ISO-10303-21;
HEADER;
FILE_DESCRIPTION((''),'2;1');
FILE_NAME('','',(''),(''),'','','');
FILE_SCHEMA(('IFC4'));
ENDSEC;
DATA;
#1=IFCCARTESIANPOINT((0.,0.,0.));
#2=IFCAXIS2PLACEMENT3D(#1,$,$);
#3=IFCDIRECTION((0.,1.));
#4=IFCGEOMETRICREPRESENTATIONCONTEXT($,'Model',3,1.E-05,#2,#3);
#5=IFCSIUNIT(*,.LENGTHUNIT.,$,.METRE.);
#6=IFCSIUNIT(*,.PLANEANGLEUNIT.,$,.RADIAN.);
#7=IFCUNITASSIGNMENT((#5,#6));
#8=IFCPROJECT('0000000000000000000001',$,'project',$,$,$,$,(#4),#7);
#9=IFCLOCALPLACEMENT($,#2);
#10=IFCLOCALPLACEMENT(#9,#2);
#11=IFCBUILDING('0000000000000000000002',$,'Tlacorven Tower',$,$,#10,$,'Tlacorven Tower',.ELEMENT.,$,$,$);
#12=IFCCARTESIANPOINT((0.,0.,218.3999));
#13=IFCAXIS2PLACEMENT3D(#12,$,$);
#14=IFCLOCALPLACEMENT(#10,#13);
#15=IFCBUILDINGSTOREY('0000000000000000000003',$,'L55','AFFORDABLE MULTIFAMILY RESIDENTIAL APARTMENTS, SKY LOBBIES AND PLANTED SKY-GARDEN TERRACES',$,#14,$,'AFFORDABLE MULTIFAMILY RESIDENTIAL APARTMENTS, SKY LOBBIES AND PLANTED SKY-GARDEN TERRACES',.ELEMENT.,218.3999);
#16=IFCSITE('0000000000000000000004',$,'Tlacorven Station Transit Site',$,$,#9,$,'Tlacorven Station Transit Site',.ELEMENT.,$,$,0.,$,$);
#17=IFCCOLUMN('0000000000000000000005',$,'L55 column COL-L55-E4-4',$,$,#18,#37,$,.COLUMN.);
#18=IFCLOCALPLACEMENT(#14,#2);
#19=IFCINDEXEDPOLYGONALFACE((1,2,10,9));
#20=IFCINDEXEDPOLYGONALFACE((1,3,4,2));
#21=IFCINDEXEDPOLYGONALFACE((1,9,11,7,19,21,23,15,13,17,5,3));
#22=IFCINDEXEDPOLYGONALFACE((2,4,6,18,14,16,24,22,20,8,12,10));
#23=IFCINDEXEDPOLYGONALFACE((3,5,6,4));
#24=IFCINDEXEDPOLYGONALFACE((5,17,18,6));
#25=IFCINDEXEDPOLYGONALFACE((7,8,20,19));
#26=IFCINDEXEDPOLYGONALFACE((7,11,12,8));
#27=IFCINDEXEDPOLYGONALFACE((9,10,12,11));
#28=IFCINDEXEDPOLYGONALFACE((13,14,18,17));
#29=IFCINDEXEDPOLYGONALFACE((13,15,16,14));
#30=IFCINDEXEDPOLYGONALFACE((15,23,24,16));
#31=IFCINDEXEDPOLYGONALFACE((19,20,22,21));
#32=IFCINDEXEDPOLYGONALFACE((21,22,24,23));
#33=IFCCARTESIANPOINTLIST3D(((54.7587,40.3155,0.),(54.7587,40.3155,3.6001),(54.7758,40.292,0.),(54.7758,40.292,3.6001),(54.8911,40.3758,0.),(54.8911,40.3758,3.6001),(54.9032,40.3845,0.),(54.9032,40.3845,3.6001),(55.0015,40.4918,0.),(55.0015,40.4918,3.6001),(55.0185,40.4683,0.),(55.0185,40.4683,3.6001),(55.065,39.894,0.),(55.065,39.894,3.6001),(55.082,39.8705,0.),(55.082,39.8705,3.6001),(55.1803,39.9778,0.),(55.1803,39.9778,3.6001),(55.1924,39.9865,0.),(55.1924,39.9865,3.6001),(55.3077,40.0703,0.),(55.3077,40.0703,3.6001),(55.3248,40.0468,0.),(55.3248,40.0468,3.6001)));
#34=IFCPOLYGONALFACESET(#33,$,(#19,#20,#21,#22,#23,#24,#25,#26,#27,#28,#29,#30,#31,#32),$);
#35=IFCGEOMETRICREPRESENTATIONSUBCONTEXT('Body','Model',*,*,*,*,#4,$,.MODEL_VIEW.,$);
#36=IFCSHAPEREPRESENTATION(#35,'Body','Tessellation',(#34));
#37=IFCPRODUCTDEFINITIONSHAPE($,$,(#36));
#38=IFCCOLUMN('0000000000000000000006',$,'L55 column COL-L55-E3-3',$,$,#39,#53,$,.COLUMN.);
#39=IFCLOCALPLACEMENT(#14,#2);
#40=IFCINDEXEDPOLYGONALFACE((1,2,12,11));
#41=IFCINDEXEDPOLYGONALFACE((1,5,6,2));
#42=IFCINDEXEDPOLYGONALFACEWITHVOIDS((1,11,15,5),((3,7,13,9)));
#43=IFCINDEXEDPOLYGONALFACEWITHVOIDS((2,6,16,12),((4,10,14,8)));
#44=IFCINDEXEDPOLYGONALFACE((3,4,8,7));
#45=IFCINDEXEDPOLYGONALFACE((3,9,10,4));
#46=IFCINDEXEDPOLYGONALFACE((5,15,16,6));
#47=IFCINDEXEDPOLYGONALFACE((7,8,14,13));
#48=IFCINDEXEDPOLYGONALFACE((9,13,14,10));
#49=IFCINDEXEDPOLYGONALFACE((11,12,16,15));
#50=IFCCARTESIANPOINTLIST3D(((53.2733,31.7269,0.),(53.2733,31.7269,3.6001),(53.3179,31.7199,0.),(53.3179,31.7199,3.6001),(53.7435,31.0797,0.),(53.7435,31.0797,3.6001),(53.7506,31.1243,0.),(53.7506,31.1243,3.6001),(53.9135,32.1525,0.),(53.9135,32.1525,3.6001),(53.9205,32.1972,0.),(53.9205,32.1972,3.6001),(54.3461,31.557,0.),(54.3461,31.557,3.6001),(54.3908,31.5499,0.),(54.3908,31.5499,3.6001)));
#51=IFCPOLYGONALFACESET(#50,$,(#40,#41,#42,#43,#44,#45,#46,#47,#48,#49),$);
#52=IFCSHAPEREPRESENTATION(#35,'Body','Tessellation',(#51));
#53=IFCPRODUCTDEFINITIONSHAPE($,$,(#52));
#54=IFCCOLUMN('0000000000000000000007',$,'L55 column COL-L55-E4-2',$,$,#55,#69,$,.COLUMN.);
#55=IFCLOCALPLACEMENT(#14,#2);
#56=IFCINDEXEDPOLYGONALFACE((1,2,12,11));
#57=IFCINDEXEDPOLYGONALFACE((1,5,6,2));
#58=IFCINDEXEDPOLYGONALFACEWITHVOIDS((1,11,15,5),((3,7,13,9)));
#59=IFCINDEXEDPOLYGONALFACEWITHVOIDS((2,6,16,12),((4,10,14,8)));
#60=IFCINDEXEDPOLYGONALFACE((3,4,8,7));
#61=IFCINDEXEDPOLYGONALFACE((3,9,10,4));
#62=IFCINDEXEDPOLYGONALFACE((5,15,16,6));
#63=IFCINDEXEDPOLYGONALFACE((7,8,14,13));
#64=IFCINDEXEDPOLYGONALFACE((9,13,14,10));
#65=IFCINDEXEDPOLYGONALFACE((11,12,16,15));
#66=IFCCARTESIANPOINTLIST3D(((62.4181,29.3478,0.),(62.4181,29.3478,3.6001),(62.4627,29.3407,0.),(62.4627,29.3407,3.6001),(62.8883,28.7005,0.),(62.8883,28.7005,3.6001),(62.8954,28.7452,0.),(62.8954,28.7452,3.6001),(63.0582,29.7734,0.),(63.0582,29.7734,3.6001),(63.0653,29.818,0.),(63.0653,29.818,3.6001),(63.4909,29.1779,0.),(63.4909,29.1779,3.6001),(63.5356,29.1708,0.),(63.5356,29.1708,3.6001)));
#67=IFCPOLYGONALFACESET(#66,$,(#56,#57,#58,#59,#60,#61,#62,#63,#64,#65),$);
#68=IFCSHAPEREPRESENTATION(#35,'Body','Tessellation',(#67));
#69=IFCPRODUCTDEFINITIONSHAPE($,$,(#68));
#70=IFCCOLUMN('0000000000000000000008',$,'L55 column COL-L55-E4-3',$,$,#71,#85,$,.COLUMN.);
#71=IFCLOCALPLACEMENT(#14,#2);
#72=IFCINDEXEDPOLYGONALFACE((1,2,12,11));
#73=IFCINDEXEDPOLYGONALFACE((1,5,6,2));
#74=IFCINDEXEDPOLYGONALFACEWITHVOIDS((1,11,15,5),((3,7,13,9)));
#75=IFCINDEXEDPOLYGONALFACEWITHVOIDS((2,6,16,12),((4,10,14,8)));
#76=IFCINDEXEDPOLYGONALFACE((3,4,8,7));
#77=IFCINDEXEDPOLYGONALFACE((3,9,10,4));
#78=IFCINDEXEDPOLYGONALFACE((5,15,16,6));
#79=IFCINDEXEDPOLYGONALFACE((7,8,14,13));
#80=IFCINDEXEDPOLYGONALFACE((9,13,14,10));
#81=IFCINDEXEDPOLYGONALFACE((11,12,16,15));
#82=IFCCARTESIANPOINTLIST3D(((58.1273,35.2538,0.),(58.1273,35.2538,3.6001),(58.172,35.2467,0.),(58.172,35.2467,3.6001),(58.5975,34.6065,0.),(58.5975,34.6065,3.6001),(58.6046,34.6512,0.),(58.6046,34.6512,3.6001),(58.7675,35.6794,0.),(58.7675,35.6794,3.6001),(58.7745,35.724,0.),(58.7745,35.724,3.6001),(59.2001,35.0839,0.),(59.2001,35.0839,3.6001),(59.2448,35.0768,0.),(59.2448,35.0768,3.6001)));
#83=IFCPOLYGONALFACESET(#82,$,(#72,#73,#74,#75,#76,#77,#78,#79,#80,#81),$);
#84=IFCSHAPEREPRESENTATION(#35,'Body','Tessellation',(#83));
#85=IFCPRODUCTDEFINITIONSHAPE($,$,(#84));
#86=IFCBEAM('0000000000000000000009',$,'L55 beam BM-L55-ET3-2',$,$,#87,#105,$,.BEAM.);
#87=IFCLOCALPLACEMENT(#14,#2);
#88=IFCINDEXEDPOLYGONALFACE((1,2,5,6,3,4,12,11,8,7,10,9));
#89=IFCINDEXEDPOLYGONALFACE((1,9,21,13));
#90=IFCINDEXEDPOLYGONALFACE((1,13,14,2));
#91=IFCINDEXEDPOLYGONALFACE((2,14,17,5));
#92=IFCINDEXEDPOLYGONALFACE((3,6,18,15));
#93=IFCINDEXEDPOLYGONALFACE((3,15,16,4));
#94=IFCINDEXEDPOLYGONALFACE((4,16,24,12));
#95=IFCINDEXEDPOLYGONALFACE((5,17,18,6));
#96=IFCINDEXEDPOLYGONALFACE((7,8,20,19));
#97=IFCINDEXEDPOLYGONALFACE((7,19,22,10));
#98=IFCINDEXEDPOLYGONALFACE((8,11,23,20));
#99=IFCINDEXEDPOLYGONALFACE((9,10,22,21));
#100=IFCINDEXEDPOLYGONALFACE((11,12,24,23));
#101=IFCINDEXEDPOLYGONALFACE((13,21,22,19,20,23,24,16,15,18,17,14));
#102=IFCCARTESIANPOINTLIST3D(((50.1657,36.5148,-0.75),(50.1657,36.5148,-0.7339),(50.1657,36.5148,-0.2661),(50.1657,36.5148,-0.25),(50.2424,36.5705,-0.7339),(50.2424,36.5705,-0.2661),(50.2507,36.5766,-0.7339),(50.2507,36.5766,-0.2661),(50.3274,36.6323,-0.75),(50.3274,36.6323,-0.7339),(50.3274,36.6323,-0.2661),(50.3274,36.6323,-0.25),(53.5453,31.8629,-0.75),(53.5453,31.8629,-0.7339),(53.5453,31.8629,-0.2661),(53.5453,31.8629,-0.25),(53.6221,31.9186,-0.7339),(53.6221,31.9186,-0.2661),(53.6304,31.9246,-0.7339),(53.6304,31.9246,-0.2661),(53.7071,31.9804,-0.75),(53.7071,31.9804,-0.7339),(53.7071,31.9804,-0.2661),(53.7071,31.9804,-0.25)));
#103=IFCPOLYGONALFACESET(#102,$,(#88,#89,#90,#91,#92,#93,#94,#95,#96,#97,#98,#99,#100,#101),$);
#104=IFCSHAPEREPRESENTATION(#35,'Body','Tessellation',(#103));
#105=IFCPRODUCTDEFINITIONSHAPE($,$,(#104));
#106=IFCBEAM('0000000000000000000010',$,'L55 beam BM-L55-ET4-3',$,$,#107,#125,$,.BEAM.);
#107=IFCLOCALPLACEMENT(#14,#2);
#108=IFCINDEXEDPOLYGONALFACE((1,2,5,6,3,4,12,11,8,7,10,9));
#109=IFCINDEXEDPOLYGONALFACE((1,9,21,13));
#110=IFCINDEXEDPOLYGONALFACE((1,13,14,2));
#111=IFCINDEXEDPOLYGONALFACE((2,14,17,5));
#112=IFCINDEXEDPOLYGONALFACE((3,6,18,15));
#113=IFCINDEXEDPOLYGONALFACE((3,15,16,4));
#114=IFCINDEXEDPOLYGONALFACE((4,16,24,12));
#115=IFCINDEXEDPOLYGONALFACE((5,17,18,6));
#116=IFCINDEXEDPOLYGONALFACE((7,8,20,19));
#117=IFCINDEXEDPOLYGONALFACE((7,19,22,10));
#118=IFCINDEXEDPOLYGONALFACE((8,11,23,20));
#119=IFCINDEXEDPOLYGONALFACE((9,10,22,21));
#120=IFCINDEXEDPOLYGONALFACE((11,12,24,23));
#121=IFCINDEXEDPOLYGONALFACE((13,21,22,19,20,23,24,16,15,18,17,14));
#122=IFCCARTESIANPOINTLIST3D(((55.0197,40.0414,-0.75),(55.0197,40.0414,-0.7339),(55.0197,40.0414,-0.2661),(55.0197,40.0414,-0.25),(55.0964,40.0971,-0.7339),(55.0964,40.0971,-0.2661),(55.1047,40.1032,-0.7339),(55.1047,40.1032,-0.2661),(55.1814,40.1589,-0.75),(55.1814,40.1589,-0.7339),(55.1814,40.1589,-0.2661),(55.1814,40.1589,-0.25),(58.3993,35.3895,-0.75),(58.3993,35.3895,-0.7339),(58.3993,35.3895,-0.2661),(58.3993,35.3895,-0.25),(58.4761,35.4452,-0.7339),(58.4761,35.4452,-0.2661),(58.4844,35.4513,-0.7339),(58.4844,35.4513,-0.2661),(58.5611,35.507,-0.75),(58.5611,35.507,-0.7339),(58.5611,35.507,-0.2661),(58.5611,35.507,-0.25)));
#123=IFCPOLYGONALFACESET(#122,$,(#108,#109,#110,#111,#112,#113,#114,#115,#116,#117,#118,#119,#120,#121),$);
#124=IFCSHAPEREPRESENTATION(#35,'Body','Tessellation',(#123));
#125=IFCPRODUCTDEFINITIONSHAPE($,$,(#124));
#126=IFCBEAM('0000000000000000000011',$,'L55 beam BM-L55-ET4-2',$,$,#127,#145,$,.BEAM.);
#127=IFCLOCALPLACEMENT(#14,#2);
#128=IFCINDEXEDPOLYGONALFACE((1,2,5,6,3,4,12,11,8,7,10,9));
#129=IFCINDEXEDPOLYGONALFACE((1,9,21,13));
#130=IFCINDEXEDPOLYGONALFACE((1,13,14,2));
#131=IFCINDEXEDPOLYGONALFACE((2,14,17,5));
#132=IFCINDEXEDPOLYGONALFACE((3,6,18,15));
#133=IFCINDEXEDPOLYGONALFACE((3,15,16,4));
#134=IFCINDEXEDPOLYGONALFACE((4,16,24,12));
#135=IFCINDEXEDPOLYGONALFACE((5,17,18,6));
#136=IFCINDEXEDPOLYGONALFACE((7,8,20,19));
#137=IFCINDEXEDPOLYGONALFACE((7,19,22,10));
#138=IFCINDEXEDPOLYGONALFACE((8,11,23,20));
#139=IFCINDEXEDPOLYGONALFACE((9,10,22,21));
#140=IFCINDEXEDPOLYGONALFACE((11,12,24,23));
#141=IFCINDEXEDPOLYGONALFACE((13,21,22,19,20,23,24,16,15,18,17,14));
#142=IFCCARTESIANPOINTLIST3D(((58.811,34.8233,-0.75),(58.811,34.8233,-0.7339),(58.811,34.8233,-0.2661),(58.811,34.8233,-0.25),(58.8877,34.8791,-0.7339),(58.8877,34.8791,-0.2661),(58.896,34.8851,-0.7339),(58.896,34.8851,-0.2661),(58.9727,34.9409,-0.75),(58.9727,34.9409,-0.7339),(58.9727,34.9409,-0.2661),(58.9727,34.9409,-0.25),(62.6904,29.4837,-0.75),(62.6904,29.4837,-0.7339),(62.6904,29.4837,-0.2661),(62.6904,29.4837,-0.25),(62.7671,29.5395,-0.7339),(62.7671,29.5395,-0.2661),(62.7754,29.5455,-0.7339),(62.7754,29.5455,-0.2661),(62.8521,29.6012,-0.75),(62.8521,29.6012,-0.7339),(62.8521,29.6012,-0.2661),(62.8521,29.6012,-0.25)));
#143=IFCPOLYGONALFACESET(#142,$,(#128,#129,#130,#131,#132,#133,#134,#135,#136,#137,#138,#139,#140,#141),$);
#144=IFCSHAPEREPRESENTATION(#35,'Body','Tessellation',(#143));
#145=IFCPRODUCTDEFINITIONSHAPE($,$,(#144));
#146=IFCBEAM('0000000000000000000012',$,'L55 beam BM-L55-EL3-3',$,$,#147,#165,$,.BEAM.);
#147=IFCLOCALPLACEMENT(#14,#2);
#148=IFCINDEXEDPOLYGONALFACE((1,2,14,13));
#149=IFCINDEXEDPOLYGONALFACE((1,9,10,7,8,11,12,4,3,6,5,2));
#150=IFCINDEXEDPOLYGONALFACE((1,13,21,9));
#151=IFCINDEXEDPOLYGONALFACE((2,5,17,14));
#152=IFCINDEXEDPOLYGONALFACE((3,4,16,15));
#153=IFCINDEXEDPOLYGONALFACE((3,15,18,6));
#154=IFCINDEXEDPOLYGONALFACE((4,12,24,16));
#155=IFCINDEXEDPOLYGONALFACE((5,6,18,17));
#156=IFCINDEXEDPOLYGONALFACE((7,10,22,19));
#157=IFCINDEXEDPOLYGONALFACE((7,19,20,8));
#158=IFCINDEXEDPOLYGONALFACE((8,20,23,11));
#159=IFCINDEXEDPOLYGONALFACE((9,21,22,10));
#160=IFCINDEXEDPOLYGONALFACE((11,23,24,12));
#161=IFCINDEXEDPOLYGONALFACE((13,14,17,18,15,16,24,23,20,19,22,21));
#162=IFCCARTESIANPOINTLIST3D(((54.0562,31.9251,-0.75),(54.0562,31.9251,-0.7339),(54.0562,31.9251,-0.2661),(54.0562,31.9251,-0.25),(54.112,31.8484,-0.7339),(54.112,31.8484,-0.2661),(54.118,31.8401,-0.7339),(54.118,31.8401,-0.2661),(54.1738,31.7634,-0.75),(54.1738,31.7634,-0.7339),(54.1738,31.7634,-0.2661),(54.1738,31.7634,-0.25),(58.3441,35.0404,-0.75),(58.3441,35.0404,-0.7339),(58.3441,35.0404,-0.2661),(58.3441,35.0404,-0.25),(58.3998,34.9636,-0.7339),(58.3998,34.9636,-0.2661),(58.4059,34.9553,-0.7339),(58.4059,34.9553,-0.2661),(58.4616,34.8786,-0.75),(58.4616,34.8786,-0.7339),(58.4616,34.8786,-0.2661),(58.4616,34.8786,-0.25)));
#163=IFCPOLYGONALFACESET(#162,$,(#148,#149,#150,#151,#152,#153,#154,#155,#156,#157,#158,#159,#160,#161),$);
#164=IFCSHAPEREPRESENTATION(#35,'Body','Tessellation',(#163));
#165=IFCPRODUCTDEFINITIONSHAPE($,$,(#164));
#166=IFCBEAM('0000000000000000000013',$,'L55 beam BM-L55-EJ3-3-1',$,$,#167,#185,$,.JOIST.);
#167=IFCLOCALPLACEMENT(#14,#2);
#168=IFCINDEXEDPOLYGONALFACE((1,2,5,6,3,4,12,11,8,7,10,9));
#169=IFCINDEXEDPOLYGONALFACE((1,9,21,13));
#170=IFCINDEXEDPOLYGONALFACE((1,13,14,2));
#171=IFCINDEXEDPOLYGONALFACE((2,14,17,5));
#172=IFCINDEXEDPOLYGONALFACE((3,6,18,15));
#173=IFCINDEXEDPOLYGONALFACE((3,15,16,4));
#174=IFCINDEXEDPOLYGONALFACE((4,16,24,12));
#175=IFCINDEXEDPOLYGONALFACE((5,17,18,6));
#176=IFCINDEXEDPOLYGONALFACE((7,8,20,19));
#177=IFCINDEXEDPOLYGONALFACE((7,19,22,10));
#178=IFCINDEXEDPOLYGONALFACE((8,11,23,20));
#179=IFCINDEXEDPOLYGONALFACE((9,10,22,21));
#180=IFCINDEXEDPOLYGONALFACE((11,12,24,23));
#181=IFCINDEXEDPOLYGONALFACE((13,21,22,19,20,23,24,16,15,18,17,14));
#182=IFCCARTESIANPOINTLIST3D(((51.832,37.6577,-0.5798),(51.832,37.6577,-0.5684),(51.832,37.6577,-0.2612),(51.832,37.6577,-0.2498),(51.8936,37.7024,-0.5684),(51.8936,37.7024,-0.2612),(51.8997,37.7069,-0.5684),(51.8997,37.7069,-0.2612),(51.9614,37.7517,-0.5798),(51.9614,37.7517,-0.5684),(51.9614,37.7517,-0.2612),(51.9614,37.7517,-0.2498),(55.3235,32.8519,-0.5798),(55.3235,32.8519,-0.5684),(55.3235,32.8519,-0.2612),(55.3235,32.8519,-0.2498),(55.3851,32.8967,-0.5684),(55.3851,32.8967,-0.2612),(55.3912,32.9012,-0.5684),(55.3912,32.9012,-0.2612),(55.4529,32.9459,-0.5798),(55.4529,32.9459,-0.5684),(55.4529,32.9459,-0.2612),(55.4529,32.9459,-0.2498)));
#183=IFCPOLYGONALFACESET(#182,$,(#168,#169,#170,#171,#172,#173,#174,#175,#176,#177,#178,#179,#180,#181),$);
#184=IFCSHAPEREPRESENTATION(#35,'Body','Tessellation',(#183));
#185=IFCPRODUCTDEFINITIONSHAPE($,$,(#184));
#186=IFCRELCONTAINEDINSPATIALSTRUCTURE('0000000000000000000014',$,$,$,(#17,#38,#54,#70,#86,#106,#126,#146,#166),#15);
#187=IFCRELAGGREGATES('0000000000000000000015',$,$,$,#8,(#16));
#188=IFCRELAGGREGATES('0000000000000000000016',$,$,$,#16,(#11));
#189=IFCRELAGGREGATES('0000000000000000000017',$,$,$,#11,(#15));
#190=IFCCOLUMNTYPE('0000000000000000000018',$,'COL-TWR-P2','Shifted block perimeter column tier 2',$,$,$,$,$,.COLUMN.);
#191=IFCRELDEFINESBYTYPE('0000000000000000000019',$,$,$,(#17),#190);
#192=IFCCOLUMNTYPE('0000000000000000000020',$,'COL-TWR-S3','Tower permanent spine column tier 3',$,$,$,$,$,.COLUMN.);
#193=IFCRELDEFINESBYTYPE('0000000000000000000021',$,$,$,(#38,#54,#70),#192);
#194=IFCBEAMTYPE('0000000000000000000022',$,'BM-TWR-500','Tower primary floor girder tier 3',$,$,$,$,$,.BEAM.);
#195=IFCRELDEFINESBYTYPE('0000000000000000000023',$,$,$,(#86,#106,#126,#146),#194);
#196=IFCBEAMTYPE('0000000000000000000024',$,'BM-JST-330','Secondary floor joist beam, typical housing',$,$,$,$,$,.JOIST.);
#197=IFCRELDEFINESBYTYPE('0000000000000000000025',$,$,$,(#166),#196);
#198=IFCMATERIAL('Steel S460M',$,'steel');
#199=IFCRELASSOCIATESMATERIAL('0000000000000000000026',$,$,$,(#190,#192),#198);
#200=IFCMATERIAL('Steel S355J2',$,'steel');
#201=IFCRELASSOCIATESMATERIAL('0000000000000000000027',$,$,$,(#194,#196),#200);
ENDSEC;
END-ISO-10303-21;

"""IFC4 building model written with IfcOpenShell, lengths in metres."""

from ifc_helpers import new_model, si_unit, direction, frame, origin, origin_2d, place, context, subcontext, project, spatial, hollow_rectangle, i_section, extrude, source, transform, mapped, material, material_profile, profile_set, type_object, element, save


model = new_model("IFC4")

# Units and contexts
model_context = context("Model", 3, precision=1e-05, world=origin(), true_north=direction((0.0, 1.0)))
body_context = subcontext(model_context, "Body", "Model", "MODEL_VIEW")
ifc_project = project(units=[si_unit("LENGTHUNIT", "METRE"), si_unit("PLANEANGLEUNIT", "RADIAN")], contexts=[model_context])

# Site, building, storey
site_placement = place(None, origin())
site = spatial("IfcSite", under=ifc_project, at=site_placement, Name="Tlacorven Station Transit Site", LongName="Tlacorven Station Transit Site", CompositionType="ELEMENT", RefElevation=0.0)
building_placement = place(site_placement, origin())
building = spatial("IfcBuilding", under=site, at=building_placement, Name="Tlacorven Tower", LongName="Tlacorven Tower", CompositionType="ELEMENT")
storey_placement = place(building_placement, frame((0.0, 0.0, 218.3999)))
storey = spatial("IfcBuildingStorey", under=building, at=storey_placement, Name="L55", Description="AFFORDABLE MULTIFAMILY RESIDENTIAL APARTMENTS, SKY LOBBIES AND PLANTED SKY-GARDEN TERRACES", LongName="AFFORDABLE MULTIFAMILY RESIDENTIAL APARTMENTS, SKY LOBBIES AND PLANTED SKY-GARDEN TERRACES", CompositionType="ELEMENT", Elevation=218.3999)

# Columns
ifc_material_1 = material(Name="Steel S460M", Category="steel")
ifc_material_profile_1 = material_profile(ifc_material_1, i_section(OverallWidth=0.3, OverallDepth=0.55, WebThickness=0.0149, FlangeThickness=0.0291, at=origin_2d()), Name="HEB 550")
ifc_profile_set_1 = profile_set([ifc_material_profile_1], Name="Steel S460M")
column_type_1 = type_object("IfcColumnType", Name="COL-TWR-P2", Description="Shifted block perimeter column tier 2", PredefinedType="COLUMN", material=ifc_profile_set_1)
shared_shape_1 = source(origin(), body_context, "Body", "SweptSolid", [
    extrude(i_section(OverallWidth=0.3, OverallDepth=0.55, WebThickness=0.0149, FlangeThickness=0.0291, at=origin_2d()), origin(), (0.0, 0.0, 1.0), 3.6001),
])
column_placement = place(storey_placement, frame((55.0417, 40.1812, 0.0), z_axis=(0.0, 0.0, 1.0), x_axis=(0.809017, 0.587785, 0.0)))
element("IfcColumn", 1, at=column_placement, inside=storey, type_object=column_type_1, Name="L55 column COL-L55-E4-4", PredefinedType="COLUMN", context=body_context, shape_type="MappedRepresentation", body=[
    mapped(shared_shape_1, transform((0.0, 0.0, 0.0), scale=1.0)),
])
ifc_material_profile_2 = material_profile(ifc_material_1, hollow_rectangle(XDim=0.8, YDim=0.8, WallThickness=0.032, at=origin_2d()), Name="BOX 800X800X32")
ifc_profile_set_2 = profile_set([ifc_material_profile_2], Name="Steel S460M")
column_type_2 = type_object("IfcColumnType", Name="COL-TWR-S3", Description="Tower permanent spine column tier 3", PredefinedType="COLUMN", material=ifc_profile_set_2)
shared_shape_2 = source(origin(), body_context, "Body", "SweptSolid", [
    extrude(hollow_rectangle(XDim=0.8, YDim=0.8, WallThickness=0.032, at=origin_2d()), origin(), (0.0, 0.0, 1.0), 3.6001),
])
for number, where, z_axis, x_axis, name in (
    (2, (53.832, 31.6384, 0.0), (0.0, 0.0, 1.0), (0.809017, 0.587785, 0.0), "L55 column COL-L55-E3-3"),
    (3, (62.9768, 29.2593, 0.0), (0.0, 0.0, 1.0), (0.809017, 0.587785, 0.0), "L55 column COL-L55-E4-2"),
    (4, (58.686, 35.1653, 0.0), (0.0, 0.0, 1.0), (0.809017, 0.587785, 0.0), "L55 column COL-L55-E4-3"),
):
    element("IfcColumn", number, at=place(storey_placement, frame(where, z_axis=z_axis, x_axis=x_axis)), inside=storey, type_object=column_type_2, Name=name, PredefinedType="COLUMN", context=body_context, shape_type="MappedRepresentation", body=[
        mapped(shared_shape_2, transform((0.0, 0.0, 0.0), scale=1.0)),
    ])

# Beams
ifc_material_2 = material(Name="Steel S355J2", Category="steel")
ifc_material_profile_3 = material_profile(ifc_material_2, i_section(OverallWidth=0.2, OverallDepth=0.5, WebThickness=0.0103, FlangeThickness=0.0161, at=origin_2d()), Name="IPE 500")
ifc_profile_set_3 = profile_set([ifc_material_profile_3], Name="Steel S355J2")
beam_type_1 = type_object("IfcBeamType", Name="BM-TWR-500", Description="Tower primary floor girder tier 3", PredefinedType="BEAM", material=ifc_profile_set_3)
shared_shape_3 = source(origin(), body_context, "Body", "SweptSolid", [
    extrude(i_section(OverallWidth=0.2, OverallDepth=0.5, WebThickness=0.0103, FlangeThickness=0.0161, at=origin_2d()), origin(), (0.0, 0.0, 1.0), 5.75),
])
for number, where, z_axis, x_axis, name in (
    (5, (53.6262, 31.9216, -0.5), (-0.58777, 0.809028, 0.0), (-0.809028, -0.58777, 0.0), "L55 beam BM-L55-ET3-2"),
    (6, (58.4802, 35.4482, -0.5), (-0.58777, 0.809028, 0.0), (-0.809028, -0.58777, 0.0), "L55 beam BM-L55-ET4-3"),
):
    element("IfcBeam", number, at=place(storey_placement, frame(where, z_axis=z_axis, x_axis=x_axis)), inside=storey, type_object=beam_type_1, Name=name, PredefinedType="BEAM", context=body_context, shape_type="MappedRepresentation", body=[
        mapped(shared_shape_3, transform((0.0, 0.0, 0.0), scale=1.0)),
    ])
shared_shape_4 = source(origin(), body_context, "Body", "SweptSolid", [
    extrude(i_section(OverallWidth=0.2, OverallDepth=0.5, WebThickness=0.0103, FlangeThickness=0.0161, at=origin_2d()), origin(), (0.0, 0.0, 1.0), 6.6001),
])
beam_1_placement = place(storey_placement, frame((62.7712, 29.5425, -0.5), z_axis=(-0.58778, 0.809021, 0.0), x_axis=(-0.809021, -0.58778, 0.0)))
element("IfcBeam", 7, at=beam_1_placement, inside=storey, type_object=beam_type_1, Name="L55 beam BM-L55-ET4-2", PredefinedType="BEAM", context=body_context, shape_type="MappedRepresentation", body=[
    mapped(shared_shape_4, transform((0.0, 0.0, 0.0), scale=1.0)),
])
shared_shape_5 = source(origin(), body_context, "Body", "SweptSolid", [
    extrude(i_section(OverallWidth=0.2, OverallDepth=0.5, WebThickness=0.0103, FlangeThickness=0.0161, at=origin_2d()), origin(), (0.0, 0.0, 1.0), 5.3),
])
beam_2_placement = place(storey_placement, frame((54.115, 31.8442, -0.5), z_axis=(0.809023, 0.587777, 0.0), x_axis=(-0.587777, 0.809023, 0.0)))
element("IfcBeam", 8, at=beam_2_placement, inside=storey, type_object=beam_type_1, Name="L55 beam BM-L55-EL3-3", PredefinedType="BEAM", context=body_context, shape_type="MappedRepresentation", body=[
    mapped(shared_shape_5, transform((0.0, 0.0, 0.0), scale=1.0)),
])
ifc_material_profile_4 = material_profile(ifc_material_2, i_section(OverallWidth=0.1599, OverallDepth=0.3301, WebThickness=0.0076, FlangeThickness=0.0115, at=origin_2d()), Name="IPE 330")
ifc_profile_set_4 = profile_set([ifc_material_profile_4], Name="Steel S355J2")
beam_type_2 = type_object("IfcBeamType", Name="BM-JST-330", Description="Secondary floor joist beam, typical housing", PredefinedType="JOIST", material=ifc_profile_set_4)
shared_shape_6 = source(origin(), body_context, "Body", "SweptSolid", [
    extrude(i_section(OverallWidth=0.1599, OverallDepth=0.3301, WebThickness=0.0076, FlangeThickness=0.0115, at=origin_2d()), origin(), (0.0, 0.0, 1.0), 5.9402),
])
for number, where, z_axis, x_axis, name in (
    (9, (55.3882, 32.8989, -0.4148), (-0.587778, 0.809022, 0.0), (-0.809022, -0.587778, 0.0), "L55 beam BM-L55-EJ3-3-1"),
):
    element("IfcBeam", number, at=place(storey_placement, frame(where, z_axis=z_axis, x_axis=x_axis)), inside=storey, type_object=beam_type_2, Name=name, PredefinedType="JOIST", context=body_context, shape_type="MappedRepresentation", body=[
        mapped(shared_shape_6, transform((0.0, 0.0, 0.0), scale=1.0)),
    ])

save(model, "model.ifc")
